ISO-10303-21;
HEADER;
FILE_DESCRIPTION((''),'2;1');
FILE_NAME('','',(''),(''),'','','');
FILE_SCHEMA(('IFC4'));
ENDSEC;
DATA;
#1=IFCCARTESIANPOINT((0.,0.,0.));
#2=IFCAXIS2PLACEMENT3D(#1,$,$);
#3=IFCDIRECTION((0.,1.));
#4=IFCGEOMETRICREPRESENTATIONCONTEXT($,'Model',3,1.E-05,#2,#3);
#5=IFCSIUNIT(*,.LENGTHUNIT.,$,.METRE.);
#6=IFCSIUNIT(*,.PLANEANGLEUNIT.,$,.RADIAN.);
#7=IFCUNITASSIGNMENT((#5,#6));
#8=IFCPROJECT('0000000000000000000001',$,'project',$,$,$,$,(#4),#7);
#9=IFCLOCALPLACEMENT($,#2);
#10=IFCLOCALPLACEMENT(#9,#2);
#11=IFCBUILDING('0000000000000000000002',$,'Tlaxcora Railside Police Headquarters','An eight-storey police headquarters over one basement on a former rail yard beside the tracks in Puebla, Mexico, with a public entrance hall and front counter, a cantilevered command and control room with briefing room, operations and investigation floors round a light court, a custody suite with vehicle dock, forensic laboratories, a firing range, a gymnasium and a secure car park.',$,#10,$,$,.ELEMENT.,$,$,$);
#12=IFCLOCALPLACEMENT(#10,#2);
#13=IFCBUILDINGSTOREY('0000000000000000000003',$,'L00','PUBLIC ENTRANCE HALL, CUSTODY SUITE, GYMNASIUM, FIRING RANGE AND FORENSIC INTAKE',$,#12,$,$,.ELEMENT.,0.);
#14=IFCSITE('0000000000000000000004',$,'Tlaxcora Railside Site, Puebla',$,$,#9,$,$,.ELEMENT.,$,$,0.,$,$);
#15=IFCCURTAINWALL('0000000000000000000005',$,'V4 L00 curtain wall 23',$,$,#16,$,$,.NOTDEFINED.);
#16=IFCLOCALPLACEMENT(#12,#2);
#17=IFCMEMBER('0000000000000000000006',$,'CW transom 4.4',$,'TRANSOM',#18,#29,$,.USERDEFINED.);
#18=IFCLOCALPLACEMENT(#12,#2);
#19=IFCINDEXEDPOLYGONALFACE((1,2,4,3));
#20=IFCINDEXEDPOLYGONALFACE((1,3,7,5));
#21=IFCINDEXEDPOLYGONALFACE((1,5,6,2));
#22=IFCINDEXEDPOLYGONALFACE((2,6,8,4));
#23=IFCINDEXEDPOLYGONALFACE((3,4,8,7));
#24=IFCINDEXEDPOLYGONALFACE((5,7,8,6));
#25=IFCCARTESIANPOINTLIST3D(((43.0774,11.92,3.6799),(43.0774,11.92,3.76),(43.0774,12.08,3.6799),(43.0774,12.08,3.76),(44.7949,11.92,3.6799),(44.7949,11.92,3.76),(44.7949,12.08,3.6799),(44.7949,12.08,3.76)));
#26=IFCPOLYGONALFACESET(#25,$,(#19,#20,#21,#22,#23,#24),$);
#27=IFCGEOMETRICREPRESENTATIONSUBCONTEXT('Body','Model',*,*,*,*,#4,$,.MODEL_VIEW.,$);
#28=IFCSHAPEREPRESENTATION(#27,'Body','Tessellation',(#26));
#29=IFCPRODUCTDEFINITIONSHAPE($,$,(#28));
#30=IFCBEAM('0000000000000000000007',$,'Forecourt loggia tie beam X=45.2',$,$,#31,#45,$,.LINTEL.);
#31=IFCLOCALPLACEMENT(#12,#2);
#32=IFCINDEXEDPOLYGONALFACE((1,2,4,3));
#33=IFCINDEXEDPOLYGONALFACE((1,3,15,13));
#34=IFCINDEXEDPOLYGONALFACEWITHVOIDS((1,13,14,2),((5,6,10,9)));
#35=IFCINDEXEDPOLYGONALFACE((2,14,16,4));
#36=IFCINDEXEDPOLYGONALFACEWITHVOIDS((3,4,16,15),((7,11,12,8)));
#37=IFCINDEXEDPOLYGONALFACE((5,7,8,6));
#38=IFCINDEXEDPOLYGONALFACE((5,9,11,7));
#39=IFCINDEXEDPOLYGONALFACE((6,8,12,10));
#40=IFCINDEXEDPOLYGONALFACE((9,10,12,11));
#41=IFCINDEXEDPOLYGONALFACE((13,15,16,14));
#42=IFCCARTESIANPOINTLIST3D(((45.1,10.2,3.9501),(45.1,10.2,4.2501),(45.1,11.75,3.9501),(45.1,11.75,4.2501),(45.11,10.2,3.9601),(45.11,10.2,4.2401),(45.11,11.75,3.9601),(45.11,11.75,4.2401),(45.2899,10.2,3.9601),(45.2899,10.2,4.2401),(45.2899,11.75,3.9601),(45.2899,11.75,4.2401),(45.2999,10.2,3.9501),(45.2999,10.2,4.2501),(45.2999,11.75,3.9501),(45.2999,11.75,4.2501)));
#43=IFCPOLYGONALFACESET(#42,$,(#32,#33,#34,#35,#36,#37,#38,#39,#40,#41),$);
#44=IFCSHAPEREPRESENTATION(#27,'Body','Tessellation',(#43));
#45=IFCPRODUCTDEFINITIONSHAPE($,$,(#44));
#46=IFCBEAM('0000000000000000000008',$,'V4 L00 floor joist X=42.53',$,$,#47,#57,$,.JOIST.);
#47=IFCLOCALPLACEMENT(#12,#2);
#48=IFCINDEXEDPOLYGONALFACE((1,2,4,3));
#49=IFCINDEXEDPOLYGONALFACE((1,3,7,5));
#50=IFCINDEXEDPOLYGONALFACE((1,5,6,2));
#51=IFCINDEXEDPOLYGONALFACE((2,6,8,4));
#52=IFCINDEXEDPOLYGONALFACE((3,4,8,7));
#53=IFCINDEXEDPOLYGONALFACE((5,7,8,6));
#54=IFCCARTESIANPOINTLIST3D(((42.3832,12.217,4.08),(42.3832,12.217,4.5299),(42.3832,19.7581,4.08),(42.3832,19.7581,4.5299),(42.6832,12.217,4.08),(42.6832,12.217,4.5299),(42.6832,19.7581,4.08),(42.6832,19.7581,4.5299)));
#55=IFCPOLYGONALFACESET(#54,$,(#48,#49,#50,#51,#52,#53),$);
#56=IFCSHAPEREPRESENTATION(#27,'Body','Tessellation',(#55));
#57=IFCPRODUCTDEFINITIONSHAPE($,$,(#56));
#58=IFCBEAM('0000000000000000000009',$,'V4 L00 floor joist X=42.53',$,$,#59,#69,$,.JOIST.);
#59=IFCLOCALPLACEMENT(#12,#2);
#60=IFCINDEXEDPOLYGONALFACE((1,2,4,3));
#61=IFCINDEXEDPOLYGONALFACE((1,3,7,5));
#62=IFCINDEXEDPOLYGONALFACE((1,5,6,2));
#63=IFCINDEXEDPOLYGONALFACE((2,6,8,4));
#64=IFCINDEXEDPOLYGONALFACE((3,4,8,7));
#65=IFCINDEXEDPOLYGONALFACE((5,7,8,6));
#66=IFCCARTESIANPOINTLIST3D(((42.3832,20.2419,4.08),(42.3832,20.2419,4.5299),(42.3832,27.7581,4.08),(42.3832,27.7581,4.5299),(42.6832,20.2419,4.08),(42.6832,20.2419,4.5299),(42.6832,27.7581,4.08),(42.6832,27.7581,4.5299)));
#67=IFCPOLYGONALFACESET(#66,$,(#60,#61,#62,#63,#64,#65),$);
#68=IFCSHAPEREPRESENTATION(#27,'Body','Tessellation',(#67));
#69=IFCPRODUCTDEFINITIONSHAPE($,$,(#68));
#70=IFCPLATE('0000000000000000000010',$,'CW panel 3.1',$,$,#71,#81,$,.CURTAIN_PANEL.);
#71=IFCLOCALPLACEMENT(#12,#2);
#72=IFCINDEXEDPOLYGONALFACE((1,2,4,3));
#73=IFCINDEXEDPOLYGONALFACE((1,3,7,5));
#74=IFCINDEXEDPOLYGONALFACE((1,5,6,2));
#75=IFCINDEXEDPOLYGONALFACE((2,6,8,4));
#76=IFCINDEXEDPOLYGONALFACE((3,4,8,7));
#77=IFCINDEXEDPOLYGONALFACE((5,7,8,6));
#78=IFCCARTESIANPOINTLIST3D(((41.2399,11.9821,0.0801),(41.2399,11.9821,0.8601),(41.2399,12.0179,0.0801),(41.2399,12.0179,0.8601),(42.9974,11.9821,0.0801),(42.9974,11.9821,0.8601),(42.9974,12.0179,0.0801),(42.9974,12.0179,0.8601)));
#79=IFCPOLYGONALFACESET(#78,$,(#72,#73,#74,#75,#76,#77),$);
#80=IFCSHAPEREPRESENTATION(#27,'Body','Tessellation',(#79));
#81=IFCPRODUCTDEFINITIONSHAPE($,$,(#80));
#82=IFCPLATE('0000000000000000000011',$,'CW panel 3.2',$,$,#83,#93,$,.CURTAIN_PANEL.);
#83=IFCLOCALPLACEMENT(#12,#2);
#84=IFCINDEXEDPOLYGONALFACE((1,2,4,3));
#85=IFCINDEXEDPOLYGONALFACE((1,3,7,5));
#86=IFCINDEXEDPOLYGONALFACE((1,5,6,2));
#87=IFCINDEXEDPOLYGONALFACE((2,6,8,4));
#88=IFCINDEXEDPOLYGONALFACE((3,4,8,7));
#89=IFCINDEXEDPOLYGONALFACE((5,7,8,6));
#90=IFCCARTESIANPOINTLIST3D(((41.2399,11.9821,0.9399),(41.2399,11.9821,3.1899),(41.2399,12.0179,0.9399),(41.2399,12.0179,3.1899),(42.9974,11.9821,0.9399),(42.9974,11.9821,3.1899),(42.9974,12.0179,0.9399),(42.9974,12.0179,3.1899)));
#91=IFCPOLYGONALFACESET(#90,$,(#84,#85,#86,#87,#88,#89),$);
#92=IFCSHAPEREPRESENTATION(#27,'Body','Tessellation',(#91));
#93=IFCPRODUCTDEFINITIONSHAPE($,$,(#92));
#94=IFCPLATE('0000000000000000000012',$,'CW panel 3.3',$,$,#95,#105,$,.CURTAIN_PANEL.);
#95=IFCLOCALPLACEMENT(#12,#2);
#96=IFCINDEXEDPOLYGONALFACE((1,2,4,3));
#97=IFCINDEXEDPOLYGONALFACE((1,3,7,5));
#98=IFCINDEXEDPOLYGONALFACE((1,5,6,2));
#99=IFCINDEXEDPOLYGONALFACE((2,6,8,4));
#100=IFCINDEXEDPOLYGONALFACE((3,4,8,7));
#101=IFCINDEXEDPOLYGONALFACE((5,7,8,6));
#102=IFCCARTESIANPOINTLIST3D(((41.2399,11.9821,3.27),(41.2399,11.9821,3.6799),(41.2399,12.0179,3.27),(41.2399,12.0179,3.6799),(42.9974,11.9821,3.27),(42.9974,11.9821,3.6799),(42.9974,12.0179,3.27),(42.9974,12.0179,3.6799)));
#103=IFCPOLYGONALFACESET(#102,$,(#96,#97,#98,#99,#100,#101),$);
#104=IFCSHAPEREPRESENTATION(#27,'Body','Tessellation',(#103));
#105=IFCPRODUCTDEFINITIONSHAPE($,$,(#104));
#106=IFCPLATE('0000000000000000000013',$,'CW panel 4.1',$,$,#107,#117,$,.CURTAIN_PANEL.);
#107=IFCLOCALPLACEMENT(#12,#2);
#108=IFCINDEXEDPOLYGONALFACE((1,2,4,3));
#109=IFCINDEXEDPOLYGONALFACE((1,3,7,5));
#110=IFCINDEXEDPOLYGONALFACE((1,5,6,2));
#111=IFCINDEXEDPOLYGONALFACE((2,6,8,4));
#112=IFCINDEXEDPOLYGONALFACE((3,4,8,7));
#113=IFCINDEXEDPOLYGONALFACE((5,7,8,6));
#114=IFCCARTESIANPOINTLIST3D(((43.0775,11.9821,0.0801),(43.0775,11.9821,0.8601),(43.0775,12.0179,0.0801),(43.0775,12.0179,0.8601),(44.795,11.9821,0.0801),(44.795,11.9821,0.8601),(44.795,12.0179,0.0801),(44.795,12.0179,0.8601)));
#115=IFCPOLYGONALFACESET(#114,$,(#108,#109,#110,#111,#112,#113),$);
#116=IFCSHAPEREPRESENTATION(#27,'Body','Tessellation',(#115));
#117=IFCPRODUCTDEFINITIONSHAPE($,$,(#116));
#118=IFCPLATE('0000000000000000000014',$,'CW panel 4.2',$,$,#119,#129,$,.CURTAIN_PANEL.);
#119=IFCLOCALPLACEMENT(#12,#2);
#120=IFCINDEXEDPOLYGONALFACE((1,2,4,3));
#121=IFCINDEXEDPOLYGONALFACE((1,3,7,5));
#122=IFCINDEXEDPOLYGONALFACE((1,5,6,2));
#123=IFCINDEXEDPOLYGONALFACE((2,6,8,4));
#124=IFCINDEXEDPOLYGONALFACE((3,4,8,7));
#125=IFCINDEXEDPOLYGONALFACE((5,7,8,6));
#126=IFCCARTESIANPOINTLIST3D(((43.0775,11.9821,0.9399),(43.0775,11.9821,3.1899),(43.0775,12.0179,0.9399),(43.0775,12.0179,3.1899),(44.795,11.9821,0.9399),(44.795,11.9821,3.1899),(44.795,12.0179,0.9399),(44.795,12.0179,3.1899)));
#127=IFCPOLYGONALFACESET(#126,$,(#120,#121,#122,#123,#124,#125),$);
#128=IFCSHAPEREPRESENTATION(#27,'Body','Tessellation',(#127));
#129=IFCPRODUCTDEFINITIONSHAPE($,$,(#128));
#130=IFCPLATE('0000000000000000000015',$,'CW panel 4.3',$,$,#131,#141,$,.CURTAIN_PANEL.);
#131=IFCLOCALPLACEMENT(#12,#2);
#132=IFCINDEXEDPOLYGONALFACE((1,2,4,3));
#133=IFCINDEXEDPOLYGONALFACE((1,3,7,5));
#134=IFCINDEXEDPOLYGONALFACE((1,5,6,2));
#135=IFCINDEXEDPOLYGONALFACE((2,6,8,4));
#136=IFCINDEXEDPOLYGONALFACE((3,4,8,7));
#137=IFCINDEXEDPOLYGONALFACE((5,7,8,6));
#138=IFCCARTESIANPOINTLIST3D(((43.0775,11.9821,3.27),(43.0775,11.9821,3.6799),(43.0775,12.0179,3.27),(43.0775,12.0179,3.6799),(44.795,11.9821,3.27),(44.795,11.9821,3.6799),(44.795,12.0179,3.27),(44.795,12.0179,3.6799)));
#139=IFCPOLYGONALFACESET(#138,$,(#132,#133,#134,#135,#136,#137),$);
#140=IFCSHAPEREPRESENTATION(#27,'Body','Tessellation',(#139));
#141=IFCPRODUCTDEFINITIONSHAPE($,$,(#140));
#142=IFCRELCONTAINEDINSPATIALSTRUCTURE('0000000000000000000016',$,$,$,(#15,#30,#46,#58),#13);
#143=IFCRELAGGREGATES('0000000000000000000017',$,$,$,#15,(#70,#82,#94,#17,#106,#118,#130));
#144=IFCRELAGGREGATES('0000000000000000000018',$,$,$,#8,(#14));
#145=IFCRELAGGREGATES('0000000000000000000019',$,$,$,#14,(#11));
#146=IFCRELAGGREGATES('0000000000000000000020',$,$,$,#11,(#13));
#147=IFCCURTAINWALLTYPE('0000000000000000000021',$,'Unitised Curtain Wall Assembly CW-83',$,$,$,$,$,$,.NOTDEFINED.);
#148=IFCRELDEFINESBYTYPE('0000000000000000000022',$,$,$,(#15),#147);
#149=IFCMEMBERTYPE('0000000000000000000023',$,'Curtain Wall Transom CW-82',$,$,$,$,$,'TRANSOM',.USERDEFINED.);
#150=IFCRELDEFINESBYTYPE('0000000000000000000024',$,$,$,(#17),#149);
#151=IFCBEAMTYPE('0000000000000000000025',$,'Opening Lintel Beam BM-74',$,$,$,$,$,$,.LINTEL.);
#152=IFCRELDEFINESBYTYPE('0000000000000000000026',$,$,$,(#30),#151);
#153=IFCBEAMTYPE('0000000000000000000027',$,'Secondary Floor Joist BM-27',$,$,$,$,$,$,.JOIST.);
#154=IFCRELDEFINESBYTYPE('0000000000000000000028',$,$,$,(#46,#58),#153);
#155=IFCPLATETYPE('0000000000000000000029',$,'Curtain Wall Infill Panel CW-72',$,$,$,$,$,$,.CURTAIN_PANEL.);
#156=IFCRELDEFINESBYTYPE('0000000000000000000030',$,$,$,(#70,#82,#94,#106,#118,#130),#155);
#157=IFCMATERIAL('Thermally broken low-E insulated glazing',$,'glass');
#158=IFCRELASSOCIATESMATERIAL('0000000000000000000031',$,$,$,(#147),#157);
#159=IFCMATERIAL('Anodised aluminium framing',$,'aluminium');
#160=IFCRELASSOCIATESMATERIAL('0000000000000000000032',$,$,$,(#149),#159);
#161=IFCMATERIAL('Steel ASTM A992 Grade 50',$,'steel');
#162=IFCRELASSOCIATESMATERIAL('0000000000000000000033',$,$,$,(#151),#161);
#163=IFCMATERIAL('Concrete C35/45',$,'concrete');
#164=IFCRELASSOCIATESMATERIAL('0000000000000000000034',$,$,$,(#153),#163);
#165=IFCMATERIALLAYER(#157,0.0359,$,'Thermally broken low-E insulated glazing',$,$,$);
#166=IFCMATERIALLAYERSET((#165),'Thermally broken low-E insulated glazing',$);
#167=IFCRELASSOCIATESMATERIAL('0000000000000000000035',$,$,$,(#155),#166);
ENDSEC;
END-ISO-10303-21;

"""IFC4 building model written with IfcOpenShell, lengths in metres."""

from ifc_helpers import new_model, si_unit, direction, frame, origin, origin_2d, place, context, subcontext, project, spatial, rectangle, hollow_rectangle, extrude, material, layer, layer_set, material_profile, profile_set, type_object, element, aggregate, save


model = new_model("IFC4")

# Units and contexts
model_context = context("Model", 3, precision=1e-05, world=origin(), true_north=direction((0.0, 1.0)))
body_context = subcontext(model_context, "Body", "Model", "MODEL_VIEW")
ifc_project = project(units=[si_unit("LENGTHUNIT", "METRE"), si_unit("PLANEANGLEUNIT", "RADIAN")], contexts=[model_context])

# Site, building, storey
site_placement = place(None, origin())
site = spatial("IfcSite", under=ifc_project, at=site_placement, Name="Tlaxcora Railside Site, Puebla", CompositionType="ELEMENT", RefElevation=0.0)
building_placement = place(site_placement, origin())
building = spatial("IfcBuilding", under=site, at=building_placement, Name="Tlaxcora Railside Police Headquarters", Description="An eight-storey police headquarters over one basement on a former rail yard beside the tracks in Puebla, Mexico, with a public entrance hall and front counter, a cantilevered command and control room with briefing room, operations and investigation floors round a light court, a custody suite with vehicle dock, forensic laboratories, a firing range, a gymnasium and a secure car park.", CompositionType="ELEMENT")
storey_placement = place(building_placement, origin())
storey = spatial("IfcBuildingStorey", under=building, at=storey_placement, Name="L00", Description="PUBLIC ENTRANCE HALL, CUSTODY SUITE, GYMNASIUM, FIRING RANGE AND FORENSIC INTAKE", CompositionType="ELEMENT", Elevation=0.0)

# Shared definitions
ifc_material_1 = material(Name="Concrete C35/45", Category="concrete")

# Curtain wall, member
ifc_material_2 = material(Name="Thermally broken low-E insulated glazing", Category="glass")
curtain_wall_type = type_object("IfcCurtainWallType", Name="Unitised Curtain Wall Assembly CW-83", PredefinedType="NOTDEFINED", material=ifc_material_2)
curtain_wall_placement = place(storey_placement, origin())
curtain_wall = element("IfcCurtainWall", 1, at=curtain_wall_placement, inside=storey, type_object=curtain_wall_type, Name="V4 L00 curtain wall 23", PredefinedType="NOTDEFINED")
ifc_material_3 = material(Name="Anodised aluminium framing", Category="aluminium")
ifc_material_profile_1 = material_profile(ifc_material_3, rectangle(XDim=0.1599, YDim=0.0801, at=origin_2d()), Name="AL80X160")
ifc_profile_set_1 = profile_set([ifc_material_profile_1], Name="Anodised aluminium framing")
member_type_1 = type_object("IfcMemberType", Name="Curtain Wall Transom CW-82", ElementType="TRANSOM", PredefinedType="USERDEFINED", material=ifc_profile_set_1)
member_1_placement = place(storey_placement, frame((43.0774, 12.0, 3.72), z_axis=(1.0, 0.0, 0.0), x_axis=(0.0, 1.0, 0.0)))
member_1 = element("IfcMember", 2, at=member_1_placement, type_object=member_type_1, Name="CW transom 4.4", ObjectType="TRANSOM", PredefinedType="USERDEFINED", context=body_context, shape_type="SweptSolid", body=[
    extrude(rectangle(XDim=0.1599, YDim=0.0801, at=origin_2d()), origin(), (0.0, 0.0, 1.0), 1.7175),
])

# Beams
ifc_material_4 = material(Name="Steel ASTM A992 Grade 50", Category="steel")
ifc_material_profile_2 = material_profile(ifc_material_4, hollow_rectangle(XDim=0.2, YDim=0.3, WallThickness=0.01, at=origin_2d()), Name="HSS300X200X10")
ifc_profile_set_2 = profile_set([ifc_material_profile_2], Name="Steel ASTM A992 Grade 50")
beam_type_1 = type_object("IfcBeamType", Name="Opening Lintel Beam BM-74", PredefinedType="LINTEL", material=ifc_profile_set_2)
beam_1_placement = place(storey_placement, frame((45.2, 10.2, 4.1001), z_axis=(0.0, 1.0, 0.0), x_axis=(-1.0, 0.0, 0.0)))
element("IfcBeam", 3, at=beam_1_placement, inside=storey, type_object=beam_type_1, Name="Forecourt loggia tie beam X=45.2", PredefinedType="LINTEL", context=body_context, shape_type="SweptSolid", body=[
    extrude(hollow_rectangle(XDim=0.2, YDim=0.3, WallThickness=0.01, at=origin_2d()), origin(), (0.0, 0.0, 1.0), 1.55),
])
ifc_material_profile_3 = material_profile(ifc_material_1, rectangle(XDim=0.3, YDim=0.45, at=origin_2d()), Name="RC300X450")
ifc_profile_set_3 = profile_set([ifc_material_profile_3], Name="Concrete C35/45")
beam_type_2 = type_object("IfcBeamType", Name="Secondary Floor Joist BM-27", PredefinedType="JOIST", material=ifc_profile_set_3)
beam_2_placement = place(storey_placement, frame((42.5332, 12.217, 4.3049), z_axis=(0.0, 1.0, 0.0), x_axis=(-1.0, 0.0, 0.0)))
element("IfcBeam", 4, at=beam_2_placement, inside=storey, type_object=beam_type_2, Name="V4 L00 floor joist X=42.53", PredefinedType="JOIST", context=body_context, shape_type="SweptSolid", body=[
    extrude(rectangle(XDim=0.3, YDim=0.45, at=origin_2d()), origin(), (0.0, 0.0, 1.0), 7.541),
])
beam_3_placement = place(storey_placement, frame((42.5332, 20.2419, 4.3049), z_axis=(0.0, 1.0, 0.0), x_axis=(-1.0, 0.0, 0.0)))
element("IfcBeam", 5, at=beam_3_placement, inside=storey, type_object=beam_type_2, Name="V4 L00 floor joist X=42.53", PredefinedType="JOIST", context=body_context, shape_type="SweptSolid", body=[
    extrude(rectangle(XDim=0.3, YDim=0.45, at=origin_2d()), origin(), (0.0, 0.0, 1.0), 7.5161),
])

# Plates
ifc_layer_1 = layer(ifc_material_2, 0.0359, Name="Thermally broken low-E insulated glazing")
ifc_layer_set_1 = layer_set([ifc_layer_1], Name="Thermally broken low-E insulated glazing")
plate_type = type_object("IfcPlateType", Name="Curtain Wall Infill Panel CW-72", PredefinedType="CURTAIN_PANEL", material=ifc_layer_set_1)
plate_1_placement = place(storey_placement, frame((42.1187, 12.0, 0.0801), z_axis=(0.0, 0.0, 1.0), x_axis=(1.0, 0.0, 0.0)))
plate_1 = element("IfcPlate", 6, at=plate_1_placement, type_object=plate_type, Name="CW panel 3.1", PredefinedType="CURTAIN_PANEL", context=body_context, shape_type="SweptSolid", body=[
    extrude(rectangle(XDim=1.7576, YDim=0.0359, at=origin_2d()), origin(), (0.0, 0.0, 1.0), 0.78),
])
plate_2_placement = place(storey_placement, frame((42.1187, 12.0, 0.9399), z_axis=(0.0, 0.0, 1.0), x_axis=(1.0, 0.0, 0.0)))
plate_2 = element("IfcPlate", 7, at=plate_2_placement, type_object=plate_type, Name="CW panel 3.2", PredefinedType="CURTAIN_PANEL", context=body_context, shape_type="SweptSolid", body=[
    extrude(rectangle(XDim=1.7576, YDim=0.0359, at=origin_2d()), origin(), (0.0, 0.0, 1.0), 2.25),
])
plate_3_placement = place(storey_placement, frame((42.1187, 12.0, 3.27), z_axis=(0.0, 0.0, 1.0), x_axis=(1.0, 0.0, 0.0)))
plate_3 = element("IfcPlate", 8, at=plate_3_placement, type_object=plate_type, Name="CW panel 3.3", PredefinedType="CURTAIN_PANEL", context=body_context, shape_type="SweptSolid", body=[
    extrude(rectangle(XDim=1.7576, YDim=0.0359, at=origin_2d()), origin(), (0.0, 0.0, 1.0), 0.4099),
])
plate_4_placement = place(storey_placement, frame((43.9363, 12.0, 0.0801), z_axis=(0.0, 0.0, 1.0), x_axis=(1.0, 0.0, 0.0)))
plate_4 = element("IfcPlate", 9, at=plate_4_placement, type_object=plate_type, Name="CW panel 4.1", PredefinedType="CURTAIN_PANEL", context=body_context, shape_type="SweptSolid", body=[
    extrude(rectangle(XDim=1.7175, YDim=0.0359, at=origin_2d()), origin(), (0.0, 0.0, 1.0), 0.78),
])
plate_5_placement = place(storey_placement, frame((43.9363, 12.0, 0.9399), z_axis=(0.0, 0.0, 1.0), x_axis=(1.0, 0.0, 0.0)))
plate_5 = element("IfcPlate", 10, at=plate_5_placement, type_object=plate_type, Name="CW panel 4.2", PredefinedType="CURTAIN_PANEL", context=body_context, shape_type="SweptSolid", body=[
    extrude(rectangle(XDim=1.7175, YDim=0.0359, at=origin_2d()), origin(), (0.0, 0.0, 1.0), 2.25),
])
plate_6_placement = place(storey_placement, frame((43.9363, 12.0, 3.27), z_axis=(0.0, 0.0, 1.0), x_axis=(1.0, 0.0, 0.0)))
plate_6 = element("IfcPlate", 11, at=plate_6_placement, type_object=plate_type, Name="CW panel 4.3", PredefinedType="CURTAIN_PANEL", context=body_context, shape_type="SweptSolid", body=[
    extrude(rectangle(XDim=1.7175, YDim=0.0359, at=origin_2d()), origin(), (0.0, 0.0, 1.0), 0.4099),
])
aggregate(curtain_wall, [plate_1, plate_2, plate_3, member_1, plate_4, plate_5, plate_6])

save(model, "model.ifc")
